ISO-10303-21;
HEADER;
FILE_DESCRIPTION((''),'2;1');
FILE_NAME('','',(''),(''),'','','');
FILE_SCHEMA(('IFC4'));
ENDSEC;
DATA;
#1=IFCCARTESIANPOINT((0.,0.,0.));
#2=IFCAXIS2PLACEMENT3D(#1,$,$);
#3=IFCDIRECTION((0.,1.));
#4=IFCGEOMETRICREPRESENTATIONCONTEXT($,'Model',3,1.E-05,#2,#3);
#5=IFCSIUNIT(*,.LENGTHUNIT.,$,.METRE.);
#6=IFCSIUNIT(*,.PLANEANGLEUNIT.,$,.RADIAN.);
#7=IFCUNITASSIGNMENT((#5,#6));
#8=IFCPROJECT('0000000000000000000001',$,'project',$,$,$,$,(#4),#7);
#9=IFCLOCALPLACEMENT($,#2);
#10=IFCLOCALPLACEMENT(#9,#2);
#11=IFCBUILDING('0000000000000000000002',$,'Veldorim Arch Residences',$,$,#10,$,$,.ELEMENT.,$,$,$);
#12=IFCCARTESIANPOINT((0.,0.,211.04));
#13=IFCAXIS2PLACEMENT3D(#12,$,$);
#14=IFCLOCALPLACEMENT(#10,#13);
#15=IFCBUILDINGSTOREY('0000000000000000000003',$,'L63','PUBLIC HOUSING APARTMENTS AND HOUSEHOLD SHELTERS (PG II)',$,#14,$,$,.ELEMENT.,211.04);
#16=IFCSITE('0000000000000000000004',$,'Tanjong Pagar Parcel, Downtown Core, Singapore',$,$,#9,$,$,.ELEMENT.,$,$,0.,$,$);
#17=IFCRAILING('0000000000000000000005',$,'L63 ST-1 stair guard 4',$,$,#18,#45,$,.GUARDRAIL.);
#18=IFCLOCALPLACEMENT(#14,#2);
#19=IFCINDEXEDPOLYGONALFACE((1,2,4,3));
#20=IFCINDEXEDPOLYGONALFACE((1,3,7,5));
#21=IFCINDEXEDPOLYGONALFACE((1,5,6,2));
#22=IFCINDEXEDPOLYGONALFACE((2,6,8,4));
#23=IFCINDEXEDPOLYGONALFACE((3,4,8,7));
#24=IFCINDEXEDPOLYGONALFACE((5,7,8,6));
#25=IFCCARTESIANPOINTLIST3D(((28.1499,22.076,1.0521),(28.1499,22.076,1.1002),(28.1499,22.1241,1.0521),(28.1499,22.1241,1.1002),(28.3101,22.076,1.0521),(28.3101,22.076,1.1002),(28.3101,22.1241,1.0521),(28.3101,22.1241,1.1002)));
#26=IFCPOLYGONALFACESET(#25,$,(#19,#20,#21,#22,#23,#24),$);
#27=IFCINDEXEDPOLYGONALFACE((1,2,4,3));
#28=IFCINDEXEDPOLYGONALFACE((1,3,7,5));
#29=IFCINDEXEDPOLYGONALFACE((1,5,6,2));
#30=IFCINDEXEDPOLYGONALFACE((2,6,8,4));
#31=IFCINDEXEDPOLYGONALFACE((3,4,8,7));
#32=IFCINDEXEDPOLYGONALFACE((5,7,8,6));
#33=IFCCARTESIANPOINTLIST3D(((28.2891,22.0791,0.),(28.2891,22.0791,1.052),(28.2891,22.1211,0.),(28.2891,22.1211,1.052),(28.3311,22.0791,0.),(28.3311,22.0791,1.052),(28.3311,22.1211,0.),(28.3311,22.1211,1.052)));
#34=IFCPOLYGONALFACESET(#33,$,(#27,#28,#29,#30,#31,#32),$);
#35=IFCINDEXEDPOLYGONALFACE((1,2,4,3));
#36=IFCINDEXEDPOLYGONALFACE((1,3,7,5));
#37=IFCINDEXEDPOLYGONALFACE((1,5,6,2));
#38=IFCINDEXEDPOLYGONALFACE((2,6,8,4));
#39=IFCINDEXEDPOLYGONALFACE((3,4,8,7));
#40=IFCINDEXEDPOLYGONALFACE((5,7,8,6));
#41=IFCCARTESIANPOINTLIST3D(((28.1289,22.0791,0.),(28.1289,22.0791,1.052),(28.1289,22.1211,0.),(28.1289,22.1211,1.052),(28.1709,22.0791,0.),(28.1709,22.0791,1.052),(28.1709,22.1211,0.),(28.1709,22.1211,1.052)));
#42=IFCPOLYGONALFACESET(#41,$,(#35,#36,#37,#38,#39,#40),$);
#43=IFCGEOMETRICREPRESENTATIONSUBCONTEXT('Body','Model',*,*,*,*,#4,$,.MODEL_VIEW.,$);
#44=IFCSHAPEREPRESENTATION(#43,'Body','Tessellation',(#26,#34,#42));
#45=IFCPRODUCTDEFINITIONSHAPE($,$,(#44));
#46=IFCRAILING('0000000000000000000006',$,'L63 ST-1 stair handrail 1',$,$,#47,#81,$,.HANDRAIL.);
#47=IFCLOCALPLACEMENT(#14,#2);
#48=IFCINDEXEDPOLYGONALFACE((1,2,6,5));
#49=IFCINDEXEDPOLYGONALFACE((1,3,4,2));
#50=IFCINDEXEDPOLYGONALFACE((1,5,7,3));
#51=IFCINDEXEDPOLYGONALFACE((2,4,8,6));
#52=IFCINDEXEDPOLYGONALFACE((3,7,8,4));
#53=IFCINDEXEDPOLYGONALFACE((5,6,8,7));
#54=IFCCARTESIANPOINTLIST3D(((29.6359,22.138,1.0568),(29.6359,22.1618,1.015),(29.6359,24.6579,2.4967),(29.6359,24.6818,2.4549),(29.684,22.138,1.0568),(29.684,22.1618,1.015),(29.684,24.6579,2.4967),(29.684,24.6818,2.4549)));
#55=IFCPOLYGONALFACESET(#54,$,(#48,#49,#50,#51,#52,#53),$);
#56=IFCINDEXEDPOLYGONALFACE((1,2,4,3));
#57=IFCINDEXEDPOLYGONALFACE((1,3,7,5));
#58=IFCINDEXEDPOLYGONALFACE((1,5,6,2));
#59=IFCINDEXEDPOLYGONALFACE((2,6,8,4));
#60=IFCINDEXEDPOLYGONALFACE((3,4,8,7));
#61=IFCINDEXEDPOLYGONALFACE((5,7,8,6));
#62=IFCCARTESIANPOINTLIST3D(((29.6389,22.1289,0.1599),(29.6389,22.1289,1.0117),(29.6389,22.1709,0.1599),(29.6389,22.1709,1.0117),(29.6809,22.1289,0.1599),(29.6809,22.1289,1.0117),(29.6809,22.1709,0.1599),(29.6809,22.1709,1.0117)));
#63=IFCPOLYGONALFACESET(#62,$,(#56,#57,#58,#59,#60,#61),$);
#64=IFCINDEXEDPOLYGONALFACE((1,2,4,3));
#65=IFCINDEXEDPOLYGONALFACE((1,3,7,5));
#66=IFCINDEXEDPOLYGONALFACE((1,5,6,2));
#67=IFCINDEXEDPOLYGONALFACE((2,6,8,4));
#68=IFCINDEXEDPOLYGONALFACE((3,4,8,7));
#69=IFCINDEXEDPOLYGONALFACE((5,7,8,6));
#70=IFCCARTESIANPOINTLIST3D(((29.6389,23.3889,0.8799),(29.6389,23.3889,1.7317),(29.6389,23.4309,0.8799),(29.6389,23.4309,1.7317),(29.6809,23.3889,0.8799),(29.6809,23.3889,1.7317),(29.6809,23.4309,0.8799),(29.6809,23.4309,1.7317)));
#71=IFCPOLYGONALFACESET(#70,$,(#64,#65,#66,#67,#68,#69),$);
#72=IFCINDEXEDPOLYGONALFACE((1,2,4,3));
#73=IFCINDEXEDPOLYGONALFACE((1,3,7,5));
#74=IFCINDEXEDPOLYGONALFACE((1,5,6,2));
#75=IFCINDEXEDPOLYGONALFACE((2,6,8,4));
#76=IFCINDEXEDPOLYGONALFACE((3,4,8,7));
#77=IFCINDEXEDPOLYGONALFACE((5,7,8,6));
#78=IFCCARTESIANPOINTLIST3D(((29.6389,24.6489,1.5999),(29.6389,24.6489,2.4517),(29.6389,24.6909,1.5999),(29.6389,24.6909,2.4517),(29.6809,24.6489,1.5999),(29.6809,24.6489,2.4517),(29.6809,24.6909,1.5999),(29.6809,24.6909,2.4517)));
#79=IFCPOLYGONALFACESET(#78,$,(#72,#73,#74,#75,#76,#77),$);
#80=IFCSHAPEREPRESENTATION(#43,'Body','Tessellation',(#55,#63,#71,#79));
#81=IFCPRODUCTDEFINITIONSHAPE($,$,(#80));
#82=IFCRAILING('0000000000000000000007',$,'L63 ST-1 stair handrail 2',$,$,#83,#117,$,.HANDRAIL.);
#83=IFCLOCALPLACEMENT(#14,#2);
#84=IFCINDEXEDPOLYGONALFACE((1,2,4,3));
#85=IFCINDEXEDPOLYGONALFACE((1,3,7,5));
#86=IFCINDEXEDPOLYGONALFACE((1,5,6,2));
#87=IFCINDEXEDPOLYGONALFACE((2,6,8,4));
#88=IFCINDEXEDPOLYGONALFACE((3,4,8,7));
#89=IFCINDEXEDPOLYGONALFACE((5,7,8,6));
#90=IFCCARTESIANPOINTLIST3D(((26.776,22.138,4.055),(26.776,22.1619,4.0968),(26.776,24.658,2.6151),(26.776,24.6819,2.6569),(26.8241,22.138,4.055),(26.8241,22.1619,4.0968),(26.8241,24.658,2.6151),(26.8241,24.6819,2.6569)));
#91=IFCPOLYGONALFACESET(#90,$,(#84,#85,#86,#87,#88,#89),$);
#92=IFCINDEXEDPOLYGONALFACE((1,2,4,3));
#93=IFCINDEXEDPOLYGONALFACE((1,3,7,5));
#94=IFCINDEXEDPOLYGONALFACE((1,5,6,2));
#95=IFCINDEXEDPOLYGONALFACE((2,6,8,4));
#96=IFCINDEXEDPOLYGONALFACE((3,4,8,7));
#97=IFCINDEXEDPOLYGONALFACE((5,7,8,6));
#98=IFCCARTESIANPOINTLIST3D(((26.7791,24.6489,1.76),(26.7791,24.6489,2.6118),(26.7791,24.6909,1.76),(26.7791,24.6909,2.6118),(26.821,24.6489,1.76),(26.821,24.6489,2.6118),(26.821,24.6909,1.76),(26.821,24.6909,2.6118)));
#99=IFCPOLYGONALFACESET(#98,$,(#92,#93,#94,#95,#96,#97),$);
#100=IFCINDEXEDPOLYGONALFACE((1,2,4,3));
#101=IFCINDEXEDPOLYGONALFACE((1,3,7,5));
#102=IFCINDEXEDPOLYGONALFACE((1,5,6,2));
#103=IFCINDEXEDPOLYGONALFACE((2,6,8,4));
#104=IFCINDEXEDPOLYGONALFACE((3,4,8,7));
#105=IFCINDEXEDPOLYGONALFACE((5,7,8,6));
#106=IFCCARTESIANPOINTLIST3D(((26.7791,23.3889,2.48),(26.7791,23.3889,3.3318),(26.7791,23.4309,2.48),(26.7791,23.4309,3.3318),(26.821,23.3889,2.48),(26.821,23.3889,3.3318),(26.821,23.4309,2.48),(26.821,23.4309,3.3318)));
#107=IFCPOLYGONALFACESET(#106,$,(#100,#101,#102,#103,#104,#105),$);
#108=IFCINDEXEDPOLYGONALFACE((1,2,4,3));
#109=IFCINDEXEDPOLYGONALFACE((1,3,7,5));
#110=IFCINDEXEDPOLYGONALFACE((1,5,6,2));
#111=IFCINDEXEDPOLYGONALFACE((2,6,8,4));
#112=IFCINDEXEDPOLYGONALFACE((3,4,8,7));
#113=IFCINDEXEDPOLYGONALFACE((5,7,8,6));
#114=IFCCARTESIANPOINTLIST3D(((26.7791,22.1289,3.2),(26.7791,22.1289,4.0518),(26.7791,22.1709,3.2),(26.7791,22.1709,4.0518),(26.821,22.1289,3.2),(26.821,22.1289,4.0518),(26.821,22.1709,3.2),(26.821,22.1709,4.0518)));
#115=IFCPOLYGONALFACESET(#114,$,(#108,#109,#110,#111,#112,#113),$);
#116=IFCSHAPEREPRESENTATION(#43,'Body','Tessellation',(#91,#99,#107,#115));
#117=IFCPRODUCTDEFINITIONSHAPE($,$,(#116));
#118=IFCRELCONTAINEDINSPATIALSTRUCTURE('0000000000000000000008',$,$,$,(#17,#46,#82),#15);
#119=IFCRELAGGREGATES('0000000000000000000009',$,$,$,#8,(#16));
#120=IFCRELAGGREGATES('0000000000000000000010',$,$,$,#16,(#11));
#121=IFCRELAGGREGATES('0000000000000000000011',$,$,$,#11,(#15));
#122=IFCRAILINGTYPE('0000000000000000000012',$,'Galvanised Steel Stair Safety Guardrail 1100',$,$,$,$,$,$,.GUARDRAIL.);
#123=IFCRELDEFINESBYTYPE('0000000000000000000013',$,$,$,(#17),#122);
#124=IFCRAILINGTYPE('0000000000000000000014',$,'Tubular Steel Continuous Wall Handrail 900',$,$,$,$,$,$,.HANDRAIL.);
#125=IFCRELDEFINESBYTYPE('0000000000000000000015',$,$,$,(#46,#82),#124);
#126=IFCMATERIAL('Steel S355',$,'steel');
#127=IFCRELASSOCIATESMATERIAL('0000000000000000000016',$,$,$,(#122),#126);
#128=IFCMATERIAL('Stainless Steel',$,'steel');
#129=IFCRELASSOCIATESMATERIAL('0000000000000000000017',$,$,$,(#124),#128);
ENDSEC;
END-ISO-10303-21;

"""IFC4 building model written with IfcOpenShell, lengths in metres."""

from ifc_helpers import new_model, si_unit, direction, frame, origin, origin_2d, place, context, subcontext, project, spatial, rectangle, extrude, material, type_object, element, save


model = new_model("IFC4")

# Units and contexts
model_context = context("Model", 3, precision=1e-05, world=origin(), true_north=direction((0.0, 1.0)))
body_context = subcontext(model_context, "Body", "Model", "MODEL_VIEW")
ifc_project = project(units=[si_unit("LENGTHUNIT", "METRE"), si_unit("PLANEANGLEUNIT", "RADIAN")], contexts=[model_context])

# Site, building, storey
site_placement = place(None, origin())
site = spatial("IfcSite", under=ifc_project, at=site_placement, Name="Tanjong Pagar Parcel, Downtown Core, Singapore", CompositionType="ELEMENT", RefElevation=0.0)
building_placement = place(site_placement, origin())
building = spatial("IfcBuilding", under=site, at=building_placement, Name="Veldorim Arch Residences", CompositionType="ELEMENT")
storey_placement = place(building_placement, frame((0.0, 0.0, 211.04)))
storey = spatial("IfcBuildingStorey", under=building, at=storey_placement, Name="L63", Description="PUBLIC HOUSING APARTMENTS AND HOUSEHOLD SHELTERS (PG II)", CompositionType="ELEMENT", Elevation=211.04)

# Railings
ifc_material_1 = material(Name="Steel S355", Category="steel")
railing_type_1 = type_object("IfcRailingType", Name="Galvanised Steel Stair Safety Guardrail 1100", PredefinedType="GUARDRAIL", material=ifc_material_1)
railing_1_placement = place(storey_placement, frame((28.3101, 22.1001, 0.0)))
element("IfcRailing", 1, at=railing_1_placement, inside=storey, type_object=railing_type_1, Name="L63 ST-1 stair guard 4", PredefinedType="GUARDRAIL", context=body_context, shape_type="SweptSolid", body=[
    extrude(rectangle(XDim=0.0481, YDim=0.0481, at=origin_2d()), frame((0.0, 0.0, 1.0762), z_axis=(-1.0, 0.0, 0.0), x_axis=(0.0, -1.0, 0.0)), (0.0, 0.0, 1.0), 0.1602),
    extrude(rectangle(XDim=0.042, YDim=0.042, at=origin_2d()), origin(), (0.0, 0.0, 1.0), 1.052),
    extrude(rectangle(XDim=0.042, YDim=0.042, at=origin_2d()), frame((-0.1602, 0.0, 0.0)), (0.0, 0.0, 1.0), 1.052),
])
ifc_material_2 = material(Name="Stainless Steel", Category="steel")
railing_type_2 = type_object("IfcRailingType", Name="Tubular Steel Continuous Wall Handrail 900", PredefinedType="HANDRAIL", material=ifc_material_2)
railing_2_placement = place(storey_placement, frame((29.6599, 22.1499, 0.1599)))
element("IfcRailing", 2, at=railing_2_placement, inside=storey, type_object=railing_type_2, Name="L63 ST-1 stair handrail 1", PredefinedType="HANDRAIL", context=body_context, shape_type="SweptSolid", body=[
    extrude(rectangle(XDim=0.0481, YDim=0.0481, at=origin_2d()), frame((0.0, 0.0, 0.876), z_axis=(0.0, 0.868253, 0.496121), x_axis=(-1.0, 0.0, 0.0)), (0.0, 0.0, 1.0), 2.9023),
    extrude(rectangle(XDim=0.042, YDim=0.042, at=origin_2d()), origin(), (0.0, 0.0, 1.0), 0.8518),
    extrude(rectangle(XDim=0.042, YDim=0.042, at=origin_2d()), frame((0.0, 1.26, 0.72)), (0.0, 0.0, 1.0), 0.8518),
    extrude(rectangle(XDim=0.042, YDim=0.042, at=origin_2d()), frame((0.0, 2.52, 1.4399)), (0.0, 0.0, 1.0), 0.8518),
])
railing_3_placement = place(storey_placement, frame((26.8, 24.6699, 1.76)))
element("IfcRailing", 3, at=railing_3_placement, inside=storey, type_object=railing_type_2, Name="L63 ST-1 stair handrail 2", PredefinedType="HANDRAIL", context=body_context, shape_type="SweptSolid", body=[
    extrude(rectangle(XDim=0.0481, YDim=0.0481, at=origin_2d()), frame((0.0, 0.0, 0.876), z_axis=(0.0, -0.868253, 0.496121), x_axis=(1.0, 0.0, 0.0)), (0.0, 0.0, 1.0), 2.9023),
    extrude(rectangle(XDim=0.042, YDim=0.042, at=origin_2d()), origin(), (0.0, 0.0, 1.0), 0.8518),
    extrude(rectangle(XDim=0.042, YDim=0.042, at=origin_2d()), frame((0.0, -1.26, 0.72)), (0.0, 0.0, 1.0), 0.8518),
    extrude(rectangle(XDim=0.042, YDim=0.042, at=origin_2d()), frame((0.0, -2.52, 1.4399)), (0.0, 0.0, 1.0), 0.8518),
])

save(model, "model.ifc")
